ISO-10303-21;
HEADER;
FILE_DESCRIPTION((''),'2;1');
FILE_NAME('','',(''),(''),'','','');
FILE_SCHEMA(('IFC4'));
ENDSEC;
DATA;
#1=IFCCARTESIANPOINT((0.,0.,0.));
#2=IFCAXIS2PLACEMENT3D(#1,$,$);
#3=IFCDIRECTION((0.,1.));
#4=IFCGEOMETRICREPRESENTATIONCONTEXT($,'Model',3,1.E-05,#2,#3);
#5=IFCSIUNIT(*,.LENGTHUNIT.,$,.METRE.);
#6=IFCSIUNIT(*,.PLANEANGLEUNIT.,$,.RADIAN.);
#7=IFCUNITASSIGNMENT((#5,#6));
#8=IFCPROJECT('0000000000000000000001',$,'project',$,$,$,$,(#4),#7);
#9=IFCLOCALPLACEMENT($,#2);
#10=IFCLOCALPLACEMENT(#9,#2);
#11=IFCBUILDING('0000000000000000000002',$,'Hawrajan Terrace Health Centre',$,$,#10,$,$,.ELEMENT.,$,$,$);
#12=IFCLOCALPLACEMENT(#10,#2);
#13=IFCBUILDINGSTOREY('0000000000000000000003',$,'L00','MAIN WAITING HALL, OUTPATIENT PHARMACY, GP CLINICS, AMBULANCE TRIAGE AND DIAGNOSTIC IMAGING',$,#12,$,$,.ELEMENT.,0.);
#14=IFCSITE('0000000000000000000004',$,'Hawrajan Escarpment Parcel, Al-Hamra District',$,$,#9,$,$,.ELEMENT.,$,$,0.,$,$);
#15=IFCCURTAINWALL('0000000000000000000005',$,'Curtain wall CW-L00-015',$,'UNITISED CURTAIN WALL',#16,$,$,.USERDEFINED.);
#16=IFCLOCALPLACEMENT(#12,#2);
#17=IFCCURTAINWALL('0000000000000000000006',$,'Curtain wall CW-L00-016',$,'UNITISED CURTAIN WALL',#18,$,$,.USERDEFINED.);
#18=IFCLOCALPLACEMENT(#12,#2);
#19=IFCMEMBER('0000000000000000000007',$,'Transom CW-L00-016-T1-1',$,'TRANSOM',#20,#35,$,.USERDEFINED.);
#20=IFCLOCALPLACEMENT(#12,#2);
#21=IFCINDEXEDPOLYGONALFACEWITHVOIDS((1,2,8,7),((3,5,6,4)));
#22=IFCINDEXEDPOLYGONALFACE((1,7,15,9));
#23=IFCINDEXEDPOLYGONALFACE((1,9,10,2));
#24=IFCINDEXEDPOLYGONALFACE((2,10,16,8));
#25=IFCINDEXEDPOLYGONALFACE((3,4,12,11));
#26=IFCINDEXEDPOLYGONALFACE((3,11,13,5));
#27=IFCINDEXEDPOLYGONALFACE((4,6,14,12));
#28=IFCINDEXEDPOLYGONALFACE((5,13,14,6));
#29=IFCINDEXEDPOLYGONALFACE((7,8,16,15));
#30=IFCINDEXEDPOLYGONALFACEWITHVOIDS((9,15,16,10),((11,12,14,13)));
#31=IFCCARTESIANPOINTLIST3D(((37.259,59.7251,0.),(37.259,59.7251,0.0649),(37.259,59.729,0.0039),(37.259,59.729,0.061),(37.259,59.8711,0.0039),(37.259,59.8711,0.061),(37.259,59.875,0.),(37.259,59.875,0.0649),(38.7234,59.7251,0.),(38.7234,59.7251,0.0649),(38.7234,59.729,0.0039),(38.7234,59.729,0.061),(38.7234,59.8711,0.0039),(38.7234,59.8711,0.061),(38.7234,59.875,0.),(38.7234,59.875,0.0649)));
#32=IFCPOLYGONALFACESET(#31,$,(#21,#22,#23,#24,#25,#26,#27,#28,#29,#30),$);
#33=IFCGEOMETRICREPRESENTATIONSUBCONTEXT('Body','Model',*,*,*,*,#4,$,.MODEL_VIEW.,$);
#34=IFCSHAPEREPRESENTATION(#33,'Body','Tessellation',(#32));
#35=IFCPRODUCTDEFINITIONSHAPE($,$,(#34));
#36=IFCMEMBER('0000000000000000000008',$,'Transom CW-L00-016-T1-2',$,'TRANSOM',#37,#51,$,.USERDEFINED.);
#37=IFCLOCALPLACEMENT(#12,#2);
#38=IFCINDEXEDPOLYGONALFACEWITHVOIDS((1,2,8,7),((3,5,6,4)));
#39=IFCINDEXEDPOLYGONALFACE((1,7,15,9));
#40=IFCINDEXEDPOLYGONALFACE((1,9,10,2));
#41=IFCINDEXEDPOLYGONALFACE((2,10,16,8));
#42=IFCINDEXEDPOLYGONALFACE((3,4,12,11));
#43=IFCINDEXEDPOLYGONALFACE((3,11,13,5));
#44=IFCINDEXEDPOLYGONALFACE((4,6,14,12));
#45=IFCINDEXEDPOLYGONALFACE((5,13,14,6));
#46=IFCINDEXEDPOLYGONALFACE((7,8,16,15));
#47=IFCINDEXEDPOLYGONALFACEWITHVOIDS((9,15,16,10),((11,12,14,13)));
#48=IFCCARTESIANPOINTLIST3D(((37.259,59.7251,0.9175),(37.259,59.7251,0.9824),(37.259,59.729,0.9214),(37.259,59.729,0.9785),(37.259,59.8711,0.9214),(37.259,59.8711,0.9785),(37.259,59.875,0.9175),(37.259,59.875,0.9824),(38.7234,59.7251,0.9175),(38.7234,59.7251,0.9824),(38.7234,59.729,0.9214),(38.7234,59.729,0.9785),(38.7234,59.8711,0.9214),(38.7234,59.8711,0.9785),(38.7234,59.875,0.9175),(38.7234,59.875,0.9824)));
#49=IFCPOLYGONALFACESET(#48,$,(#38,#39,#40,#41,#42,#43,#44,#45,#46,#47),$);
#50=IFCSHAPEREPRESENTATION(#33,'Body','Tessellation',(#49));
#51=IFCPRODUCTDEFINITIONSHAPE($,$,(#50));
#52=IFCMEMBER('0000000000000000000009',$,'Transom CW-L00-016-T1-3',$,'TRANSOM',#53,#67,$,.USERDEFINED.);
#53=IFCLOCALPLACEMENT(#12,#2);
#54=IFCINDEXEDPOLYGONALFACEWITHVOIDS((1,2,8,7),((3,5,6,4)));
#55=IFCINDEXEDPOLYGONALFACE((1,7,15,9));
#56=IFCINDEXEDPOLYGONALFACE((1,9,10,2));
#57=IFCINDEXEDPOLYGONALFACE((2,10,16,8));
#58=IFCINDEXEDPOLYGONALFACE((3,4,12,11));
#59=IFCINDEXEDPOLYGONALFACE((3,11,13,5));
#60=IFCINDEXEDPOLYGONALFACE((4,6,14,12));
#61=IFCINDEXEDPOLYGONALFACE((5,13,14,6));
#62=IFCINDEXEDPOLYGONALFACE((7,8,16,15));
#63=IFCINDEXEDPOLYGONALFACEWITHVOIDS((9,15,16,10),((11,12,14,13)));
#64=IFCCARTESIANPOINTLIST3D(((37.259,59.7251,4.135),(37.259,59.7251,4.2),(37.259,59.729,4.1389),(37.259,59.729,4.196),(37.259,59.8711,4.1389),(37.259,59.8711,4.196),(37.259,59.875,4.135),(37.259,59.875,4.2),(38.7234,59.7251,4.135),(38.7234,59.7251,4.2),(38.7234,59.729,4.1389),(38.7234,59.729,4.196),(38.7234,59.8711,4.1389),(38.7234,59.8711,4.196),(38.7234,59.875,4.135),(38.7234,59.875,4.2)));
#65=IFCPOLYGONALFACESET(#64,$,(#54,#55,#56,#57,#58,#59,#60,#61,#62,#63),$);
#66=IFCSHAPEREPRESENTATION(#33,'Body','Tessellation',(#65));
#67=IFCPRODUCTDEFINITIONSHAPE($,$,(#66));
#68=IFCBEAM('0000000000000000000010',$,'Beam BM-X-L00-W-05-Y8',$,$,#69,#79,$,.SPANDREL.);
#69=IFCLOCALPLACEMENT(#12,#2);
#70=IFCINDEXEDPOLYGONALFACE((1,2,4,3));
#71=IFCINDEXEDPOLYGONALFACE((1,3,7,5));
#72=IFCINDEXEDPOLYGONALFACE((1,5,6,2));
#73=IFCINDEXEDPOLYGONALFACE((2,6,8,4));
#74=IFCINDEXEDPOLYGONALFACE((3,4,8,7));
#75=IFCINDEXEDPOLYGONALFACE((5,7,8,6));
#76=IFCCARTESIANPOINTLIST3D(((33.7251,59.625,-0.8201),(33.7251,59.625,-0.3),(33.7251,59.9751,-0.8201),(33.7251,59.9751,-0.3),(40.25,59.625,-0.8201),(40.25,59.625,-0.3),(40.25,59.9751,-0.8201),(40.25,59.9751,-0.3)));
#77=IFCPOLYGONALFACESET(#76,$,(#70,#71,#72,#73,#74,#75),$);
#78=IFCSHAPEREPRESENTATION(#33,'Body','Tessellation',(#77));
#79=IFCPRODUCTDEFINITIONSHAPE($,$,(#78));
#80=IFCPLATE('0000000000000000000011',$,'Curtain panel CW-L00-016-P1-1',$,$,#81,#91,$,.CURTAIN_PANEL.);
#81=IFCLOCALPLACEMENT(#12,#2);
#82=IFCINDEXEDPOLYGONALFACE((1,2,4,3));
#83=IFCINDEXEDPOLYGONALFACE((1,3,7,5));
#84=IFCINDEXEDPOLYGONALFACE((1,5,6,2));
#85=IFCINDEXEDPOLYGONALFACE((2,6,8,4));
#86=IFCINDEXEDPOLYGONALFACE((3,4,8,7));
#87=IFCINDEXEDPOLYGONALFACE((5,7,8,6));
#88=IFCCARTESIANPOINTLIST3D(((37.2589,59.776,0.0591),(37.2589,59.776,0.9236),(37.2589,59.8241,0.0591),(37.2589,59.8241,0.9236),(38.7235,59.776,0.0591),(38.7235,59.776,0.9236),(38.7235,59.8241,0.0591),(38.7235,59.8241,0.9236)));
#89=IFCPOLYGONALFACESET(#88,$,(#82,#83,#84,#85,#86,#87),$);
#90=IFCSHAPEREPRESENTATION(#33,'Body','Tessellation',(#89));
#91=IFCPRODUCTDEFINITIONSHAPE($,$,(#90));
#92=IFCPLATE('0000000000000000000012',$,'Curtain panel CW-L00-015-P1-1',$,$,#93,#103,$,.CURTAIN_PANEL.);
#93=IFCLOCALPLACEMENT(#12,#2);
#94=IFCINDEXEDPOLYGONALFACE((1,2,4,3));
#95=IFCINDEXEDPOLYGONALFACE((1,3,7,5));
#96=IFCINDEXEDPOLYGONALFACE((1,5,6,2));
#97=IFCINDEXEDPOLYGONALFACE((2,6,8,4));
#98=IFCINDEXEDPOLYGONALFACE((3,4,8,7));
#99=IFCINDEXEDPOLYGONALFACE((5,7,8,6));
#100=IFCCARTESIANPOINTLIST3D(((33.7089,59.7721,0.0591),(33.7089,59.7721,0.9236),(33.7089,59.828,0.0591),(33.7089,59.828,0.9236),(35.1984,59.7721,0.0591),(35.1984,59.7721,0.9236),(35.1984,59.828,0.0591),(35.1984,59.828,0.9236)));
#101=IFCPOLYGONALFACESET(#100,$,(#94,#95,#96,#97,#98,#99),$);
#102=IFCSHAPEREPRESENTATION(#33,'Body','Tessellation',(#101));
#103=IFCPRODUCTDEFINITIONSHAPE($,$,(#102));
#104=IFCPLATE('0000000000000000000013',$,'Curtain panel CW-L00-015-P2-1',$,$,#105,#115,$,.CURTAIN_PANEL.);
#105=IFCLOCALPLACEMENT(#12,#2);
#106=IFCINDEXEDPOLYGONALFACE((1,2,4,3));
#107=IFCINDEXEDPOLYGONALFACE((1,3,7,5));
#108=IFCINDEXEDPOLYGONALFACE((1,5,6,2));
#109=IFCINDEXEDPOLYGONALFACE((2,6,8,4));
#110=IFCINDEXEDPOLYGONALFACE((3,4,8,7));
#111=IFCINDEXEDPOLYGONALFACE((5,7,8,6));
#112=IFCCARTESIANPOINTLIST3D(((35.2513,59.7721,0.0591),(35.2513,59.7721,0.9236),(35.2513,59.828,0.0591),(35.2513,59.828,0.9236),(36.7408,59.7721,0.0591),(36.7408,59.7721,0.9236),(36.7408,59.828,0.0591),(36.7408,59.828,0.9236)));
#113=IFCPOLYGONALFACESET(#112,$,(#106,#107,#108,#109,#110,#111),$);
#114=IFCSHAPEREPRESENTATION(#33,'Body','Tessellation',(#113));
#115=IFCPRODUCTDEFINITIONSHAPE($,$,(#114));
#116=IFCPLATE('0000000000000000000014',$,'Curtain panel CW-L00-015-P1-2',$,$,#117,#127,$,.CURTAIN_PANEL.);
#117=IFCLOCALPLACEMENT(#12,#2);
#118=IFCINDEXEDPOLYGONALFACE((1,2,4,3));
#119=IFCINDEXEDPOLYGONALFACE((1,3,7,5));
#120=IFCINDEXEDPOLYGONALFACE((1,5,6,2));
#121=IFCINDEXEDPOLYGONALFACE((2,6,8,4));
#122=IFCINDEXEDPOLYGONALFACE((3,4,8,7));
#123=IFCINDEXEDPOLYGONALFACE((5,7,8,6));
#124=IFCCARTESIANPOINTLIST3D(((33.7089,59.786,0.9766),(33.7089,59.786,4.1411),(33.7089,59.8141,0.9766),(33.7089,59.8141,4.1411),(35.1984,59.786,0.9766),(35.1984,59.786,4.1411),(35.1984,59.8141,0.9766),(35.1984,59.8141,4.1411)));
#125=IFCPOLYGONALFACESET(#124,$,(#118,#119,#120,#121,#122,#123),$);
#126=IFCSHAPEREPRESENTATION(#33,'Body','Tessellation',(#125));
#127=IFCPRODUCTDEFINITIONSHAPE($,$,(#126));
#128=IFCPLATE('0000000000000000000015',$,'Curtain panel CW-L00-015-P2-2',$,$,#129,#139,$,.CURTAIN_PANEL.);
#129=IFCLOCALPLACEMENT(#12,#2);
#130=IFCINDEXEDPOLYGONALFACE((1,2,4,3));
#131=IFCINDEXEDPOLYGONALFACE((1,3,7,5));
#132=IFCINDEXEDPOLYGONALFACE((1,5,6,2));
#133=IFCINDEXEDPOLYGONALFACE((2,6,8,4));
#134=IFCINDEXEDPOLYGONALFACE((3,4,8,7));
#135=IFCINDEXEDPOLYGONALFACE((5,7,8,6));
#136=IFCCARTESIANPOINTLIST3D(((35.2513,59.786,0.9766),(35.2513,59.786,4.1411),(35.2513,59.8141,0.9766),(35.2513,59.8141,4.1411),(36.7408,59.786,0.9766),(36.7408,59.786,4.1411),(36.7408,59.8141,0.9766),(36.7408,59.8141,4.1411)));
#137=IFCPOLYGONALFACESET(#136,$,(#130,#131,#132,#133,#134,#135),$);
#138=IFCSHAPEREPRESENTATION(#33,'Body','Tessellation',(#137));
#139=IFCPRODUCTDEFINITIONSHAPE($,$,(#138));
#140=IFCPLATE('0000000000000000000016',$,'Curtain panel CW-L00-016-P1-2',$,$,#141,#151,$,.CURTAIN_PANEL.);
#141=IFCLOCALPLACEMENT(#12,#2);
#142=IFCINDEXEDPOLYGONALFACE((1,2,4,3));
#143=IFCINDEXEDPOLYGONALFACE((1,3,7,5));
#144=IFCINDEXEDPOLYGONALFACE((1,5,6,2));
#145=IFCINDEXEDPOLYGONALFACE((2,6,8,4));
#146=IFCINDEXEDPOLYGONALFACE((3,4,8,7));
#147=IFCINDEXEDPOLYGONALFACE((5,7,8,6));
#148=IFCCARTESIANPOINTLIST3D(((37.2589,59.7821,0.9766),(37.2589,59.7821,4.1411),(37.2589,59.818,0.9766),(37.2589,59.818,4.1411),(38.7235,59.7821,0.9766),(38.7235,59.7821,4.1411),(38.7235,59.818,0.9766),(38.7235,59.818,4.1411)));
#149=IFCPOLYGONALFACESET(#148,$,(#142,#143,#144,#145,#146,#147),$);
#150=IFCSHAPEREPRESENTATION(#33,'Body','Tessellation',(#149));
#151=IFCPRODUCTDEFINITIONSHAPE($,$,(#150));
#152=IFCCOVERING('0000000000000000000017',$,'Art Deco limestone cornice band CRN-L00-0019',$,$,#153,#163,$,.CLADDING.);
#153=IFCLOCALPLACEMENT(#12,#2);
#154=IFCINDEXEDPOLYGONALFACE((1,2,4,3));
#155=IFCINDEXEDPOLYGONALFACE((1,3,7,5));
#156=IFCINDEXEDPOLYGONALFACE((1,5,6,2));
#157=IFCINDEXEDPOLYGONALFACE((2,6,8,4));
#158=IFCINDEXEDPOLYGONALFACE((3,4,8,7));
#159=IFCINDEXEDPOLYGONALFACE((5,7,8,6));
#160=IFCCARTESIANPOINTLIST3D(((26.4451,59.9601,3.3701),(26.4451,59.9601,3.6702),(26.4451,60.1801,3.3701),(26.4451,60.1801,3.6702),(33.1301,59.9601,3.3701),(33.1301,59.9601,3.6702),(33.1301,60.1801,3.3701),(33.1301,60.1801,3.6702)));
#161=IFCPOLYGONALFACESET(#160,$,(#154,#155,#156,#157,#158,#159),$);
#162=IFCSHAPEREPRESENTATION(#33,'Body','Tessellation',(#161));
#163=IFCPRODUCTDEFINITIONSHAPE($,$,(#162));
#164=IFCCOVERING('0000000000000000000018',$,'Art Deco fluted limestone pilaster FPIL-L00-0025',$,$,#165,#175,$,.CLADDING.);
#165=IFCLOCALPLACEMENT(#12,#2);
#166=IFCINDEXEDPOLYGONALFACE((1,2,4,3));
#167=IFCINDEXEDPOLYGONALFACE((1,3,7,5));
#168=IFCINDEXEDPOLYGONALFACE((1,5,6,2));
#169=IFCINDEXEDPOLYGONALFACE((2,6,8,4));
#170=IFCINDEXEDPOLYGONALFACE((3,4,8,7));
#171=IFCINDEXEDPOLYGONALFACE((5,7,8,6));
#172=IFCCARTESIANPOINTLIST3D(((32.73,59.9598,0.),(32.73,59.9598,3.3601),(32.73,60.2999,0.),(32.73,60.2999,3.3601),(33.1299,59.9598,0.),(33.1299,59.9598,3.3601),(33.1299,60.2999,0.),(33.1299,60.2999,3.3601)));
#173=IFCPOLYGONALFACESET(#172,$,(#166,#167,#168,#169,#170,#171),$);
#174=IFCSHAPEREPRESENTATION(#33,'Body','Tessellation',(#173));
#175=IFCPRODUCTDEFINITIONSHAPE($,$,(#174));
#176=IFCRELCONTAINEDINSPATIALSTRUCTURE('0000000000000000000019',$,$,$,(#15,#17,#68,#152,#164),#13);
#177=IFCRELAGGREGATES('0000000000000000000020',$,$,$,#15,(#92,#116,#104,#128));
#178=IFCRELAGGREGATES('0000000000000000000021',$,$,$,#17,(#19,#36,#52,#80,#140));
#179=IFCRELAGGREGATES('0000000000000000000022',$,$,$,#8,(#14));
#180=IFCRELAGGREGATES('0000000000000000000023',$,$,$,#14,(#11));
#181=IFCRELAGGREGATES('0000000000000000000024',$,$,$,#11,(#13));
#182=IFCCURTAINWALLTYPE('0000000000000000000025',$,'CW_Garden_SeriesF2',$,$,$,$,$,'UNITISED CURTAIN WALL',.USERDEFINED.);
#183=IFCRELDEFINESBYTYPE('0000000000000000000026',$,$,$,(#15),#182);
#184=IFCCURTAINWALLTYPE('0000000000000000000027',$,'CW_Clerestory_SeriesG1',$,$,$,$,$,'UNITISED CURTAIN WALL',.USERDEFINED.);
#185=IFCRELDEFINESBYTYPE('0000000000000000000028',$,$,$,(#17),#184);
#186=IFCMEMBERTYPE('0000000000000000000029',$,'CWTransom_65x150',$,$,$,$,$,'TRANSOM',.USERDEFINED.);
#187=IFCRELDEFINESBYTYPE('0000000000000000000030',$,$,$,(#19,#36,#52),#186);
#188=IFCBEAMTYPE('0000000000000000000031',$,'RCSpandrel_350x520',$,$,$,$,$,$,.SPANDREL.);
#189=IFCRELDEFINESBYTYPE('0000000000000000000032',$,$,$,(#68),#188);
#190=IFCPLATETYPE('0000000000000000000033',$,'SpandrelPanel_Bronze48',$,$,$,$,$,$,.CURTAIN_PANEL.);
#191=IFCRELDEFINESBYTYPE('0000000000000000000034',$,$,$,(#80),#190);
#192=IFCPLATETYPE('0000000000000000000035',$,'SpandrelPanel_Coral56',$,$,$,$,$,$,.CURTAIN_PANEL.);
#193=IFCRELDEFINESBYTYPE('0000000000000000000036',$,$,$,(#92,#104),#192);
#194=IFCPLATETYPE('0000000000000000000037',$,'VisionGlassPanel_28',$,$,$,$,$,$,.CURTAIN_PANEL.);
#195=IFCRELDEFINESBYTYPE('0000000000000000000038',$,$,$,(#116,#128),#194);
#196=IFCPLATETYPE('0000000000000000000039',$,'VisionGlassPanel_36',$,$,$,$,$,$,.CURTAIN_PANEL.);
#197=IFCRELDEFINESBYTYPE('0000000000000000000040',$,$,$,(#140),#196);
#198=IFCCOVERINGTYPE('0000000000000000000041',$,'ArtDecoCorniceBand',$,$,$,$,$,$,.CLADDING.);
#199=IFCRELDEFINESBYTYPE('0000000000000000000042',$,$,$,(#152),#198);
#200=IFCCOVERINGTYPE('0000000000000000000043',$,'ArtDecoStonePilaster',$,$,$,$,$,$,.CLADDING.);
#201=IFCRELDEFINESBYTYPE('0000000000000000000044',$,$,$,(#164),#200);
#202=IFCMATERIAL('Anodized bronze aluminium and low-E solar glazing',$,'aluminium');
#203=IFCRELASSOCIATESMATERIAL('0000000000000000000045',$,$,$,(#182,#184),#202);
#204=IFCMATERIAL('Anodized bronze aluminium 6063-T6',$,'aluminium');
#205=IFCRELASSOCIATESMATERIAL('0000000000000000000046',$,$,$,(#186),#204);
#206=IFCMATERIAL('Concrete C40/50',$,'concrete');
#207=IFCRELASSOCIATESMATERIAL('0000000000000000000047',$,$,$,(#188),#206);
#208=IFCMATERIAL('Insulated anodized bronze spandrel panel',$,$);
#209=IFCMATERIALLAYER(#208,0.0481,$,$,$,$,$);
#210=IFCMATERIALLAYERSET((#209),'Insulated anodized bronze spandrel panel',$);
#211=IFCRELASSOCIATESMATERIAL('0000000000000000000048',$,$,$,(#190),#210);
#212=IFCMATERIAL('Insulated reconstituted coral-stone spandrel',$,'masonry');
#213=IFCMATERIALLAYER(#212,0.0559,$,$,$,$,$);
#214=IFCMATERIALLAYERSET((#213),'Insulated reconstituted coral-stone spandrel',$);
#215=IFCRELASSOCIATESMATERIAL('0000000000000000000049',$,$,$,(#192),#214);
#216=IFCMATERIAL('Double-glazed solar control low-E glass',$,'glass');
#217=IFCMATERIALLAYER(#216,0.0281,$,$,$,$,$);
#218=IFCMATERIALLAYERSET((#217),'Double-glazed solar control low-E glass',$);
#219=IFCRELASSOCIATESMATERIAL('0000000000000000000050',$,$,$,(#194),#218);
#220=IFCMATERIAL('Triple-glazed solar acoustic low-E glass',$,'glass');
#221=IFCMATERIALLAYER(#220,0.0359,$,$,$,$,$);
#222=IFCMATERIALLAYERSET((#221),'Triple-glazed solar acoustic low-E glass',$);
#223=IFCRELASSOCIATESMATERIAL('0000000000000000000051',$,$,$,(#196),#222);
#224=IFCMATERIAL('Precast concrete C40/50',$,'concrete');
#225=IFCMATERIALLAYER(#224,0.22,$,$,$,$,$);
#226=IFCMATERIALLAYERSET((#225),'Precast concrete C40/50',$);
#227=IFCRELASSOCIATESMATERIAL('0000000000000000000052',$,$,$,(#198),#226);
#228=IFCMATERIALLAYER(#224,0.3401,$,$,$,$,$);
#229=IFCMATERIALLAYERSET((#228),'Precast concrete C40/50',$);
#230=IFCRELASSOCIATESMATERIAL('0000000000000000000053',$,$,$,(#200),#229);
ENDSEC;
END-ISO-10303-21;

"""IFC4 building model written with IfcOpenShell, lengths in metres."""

from ifc_helpers import new_model, si_unit, direction, frame, origin, origin_2d, place, context, subcontext, project, spatial, rectangle, hollow_rectangle, extrude, material, layer, layer_set, material_profile, profile_set, type_object, element, aggregate, save


model = new_model("IFC4")

# Units and contexts
model_context = context("Model", 3, precision=1e-05, world=origin(), true_north=direction((0.0, 1.0)))
body_context = subcontext(model_context, "Body", "Model", "MODEL_VIEW")
ifc_project = project(units=[si_unit("LENGTHUNIT", "METRE"), si_unit("PLANEANGLEUNIT", "RADIAN")], contexts=[model_context])

# Site, building, storey
site_placement = place(None, origin())
site = spatial("IfcSite", under=ifc_project, at=site_placement, Name="Hawrajan Escarpment Parcel, Al-Hamra District", CompositionType="ELEMENT", RefElevation=0.0)
building_placement = place(site_placement, origin())
building = spatial("IfcBuilding", under=site, at=building_placement, Name="Hawrajan Terrace Health Centre", CompositionType="ELEMENT")
storey_placement = place(building_placement, origin())
storey = spatial("IfcBuildingStorey", under=building, at=storey_placement, Name="L00", Description="MAIN WAITING HALL, OUTPATIENT PHARMACY, GP CLINICS, AMBULANCE TRIAGE AND DIAGNOSTIC IMAGING", CompositionType="ELEMENT", Elevation=0.0)

# Shared definitions
ifc_material_1 = material(Name="Concrete C40/50", Category="concrete")

# Curtain walls
ifc_material_2 = material(Name="Anodized bronze aluminium and low-E solar glazing", Category="aluminium")
curtain_wall_type_1 = type_object("IfcCurtainWallType", Name="CW_Garden_SeriesF2", ElementType="UNITISED CURTAIN WALL", PredefinedType="USERDEFINED", material=ifc_material_2)
curtain_wall_1_placement = place(storey_placement, origin())
curtain_wall_1 = element("IfcCurtainWall", 1, at=curtain_wall_1_placement, inside=storey, type_object=curtain_wall_type_1, Name="Curtain wall CW-L00-015", ObjectType="UNITISED CURTAIN WALL", PredefinedType="USERDEFINED")
ifc_material_3 = material(Name="Anodized bronze aluminium 6063-T6", Category="aluminium")
curtain_wall_type_2 = type_object("IfcCurtainWallType", Name="CW_Clerestory_SeriesG1", ElementType="UNITISED CURTAIN WALL", PredefinedType="USERDEFINED", material=ifc_material_2)
curtain_wall_2_placement = place(storey_placement, origin())
curtain_wall_2 = element("IfcCurtainWall", 2, at=curtain_wall_2_placement, inside=storey, type_object=curtain_wall_type_2, Name="Curtain wall CW-L00-016", ObjectType="UNITISED CURTAIN WALL", PredefinedType="USERDEFINED")

# Members
ifc_material_profile_1 = material_profile(ifc_material_3, hollow_rectangle(XDim=0.0649, YDim=0.1499, WallThickness=0.0039, at=origin_2d()), Name="CW TRN 65x150")
ifc_profile_set_1 = profile_set([ifc_material_profile_1], Name="Anodized bronze aluminium 6063-T6")
member_type_1 = type_object("IfcMemberType", Name="CWTransom_65x150", ElementType="TRANSOM", PredefinedType="USERDEFINED", material=ifc_profile_set_1)
member_1_placement = place(storey_placement, frame((37.259, 59.8, 0.0325), z_axis=(1.0, 0.0, 0.0), x_axis=(0.0, 0.0, 1.0)))
member_1 = element("IfcMember", 3, at=member_1_placement, type_object=member_type_1, Name="Transom CW-L00-016-T1-1", ObjectType="TRANSOM", PredefinedType="USERDEFINED", context=body_context, shape_type="SweptSolid", body=[
    extrude(hollow_rectangle(XDim=0.0649, YDim=0.1499, WallThickness=0.0039, at=origin_2d()), origin(), (0.0, 0.0, 1.0), 1.4644),
])
member_2_placement = place(storey_placement, frame((37.259, 59.8, 0.95), z_axis=(1.0, 0.0, 0.0), x_axis=(0.0, 0.0, 1.0)))
member_2 = element("IfcMember", 4, at=member_2_placement, type_object=member_type_1, Name="Transom CW-L00-016-T1-2", ObjectType="TRANSOM", PredefinedType="USERDEFINED", context=body_context, shape_type="SweptSolid", body=[
    extrude(hollow_rectangle(XDim=0.0649, YDim=0.1499, WallThickness=0.0039, at=origin_2d()), origin(), (0.0, 0.0, 1.0), 1.4644),
])
member_3_placement = place(storey_placement, frame((37.259, 59.8, 4.1675), z_axis=(1.0, 0.0, 0.0), x_axis=(0.0, 0.0, 1.0)))
member_3 = element("IfcMember", 5, at=member_3_placement, type_object=member_type_1, Name="Transom CW-L00-016-T1-3", ObjectType="TRANSOM", PredefinedType="USERDEFINED", context=body_context, shape_type="SweptSolid", body=[
    extrude(hollow_rectangle(XDim=0.0649, YDim=0.1499, WallThickness=0.0039, at=origin_2d()), origin(), (0.0, 0.0, 1.0), 1.4644),
])

# Beam
ifc_material_profile_2 = material_profile(ifc_material_1, rectangle(XDim=0.3501, YDim=0.52, at=origin_2d()), Name="RC SP 350x520")
ifc_profile_set_2 = profile_set([ifc_material_profile_2], Name="Concrete C40/50")
beam_type = type_object("IfcBeamType", Name="RCSpandrel_350x520", PredefinedType="SPANDREL", material=ifc_profile_set_2)
beam_placement = place(storey_placement, frame((33.7251, 59.8, -0.5601), z_axis=(1.0, 0.0, 0.0), x_axis=(0.0, 1.0, 0.0)))
element("IfcBeam", 6, at=beam_placement, inside=storey, type_object=beam_type, Name="Beam BM-X-L00-W-05-Y8", PredefinedType="SPANDREL", context=body_context, shape_type="SweptSolid", body=[
    extrude(rectangle(XDim=0.3501, YDim=0.52, at=origin_2d()), origin(), (0.0, 0.0, 1.0), 6.5249),
])

# Plates
ifc_material_4 = material(Name="Insulated anodized bronze spandrel panel")
ifc_layer_1 = layer(ifc_material_4, 0.0481)
ifc_layer_set_1 = layer_set([ifc_layer_1], Name="Insulated anodized bronze spandrel panel")
plate_type_1 = type_object("IfcPlateType", Name="SpandrelPanel_Bronze48", PredefinedType="CURTAIN_PANEL", material=ifc_layer_set_1)
plate_1_placement = place(storey_placement, frame((37.9912, 59.8, 0.0591), z_axis=(0.0, 0.0, 1.0), x_axis=(1.0, 0.0, 0.0)))
plate_1 = element("IfcPlate", 7, at=plate_1_placement, type_object=plate_type_1, Name="Curtain panel CW-L00-016-P1-1", PredefinedType="CURTAIN_PANEL", context=body_context, shape_type="SweptSolid", body=[
    extrude(rectangle(XDim=1.4646, YDim=0.0481, at=origin_2d()), origin(), (0.0, 0.0, 1.0), 0.8645),
])
ifc_material_5 = material(Name="Insulated reconstituted coral-stone spandrel", Category="masonry")
ifc_layer_2 = layer(ifc_material_5, 0.0559)
ifc_layer_set_2 = layer_set([ifc_layer_2], Name="Insulated reconstituted coral-stone spandrel")
plate_type_2 = type_object("IfcPlateType", Name="SpandrelPanel_Coral56", PredefinedType="CURTAIN_PANEL", material=ifc_layer_set_2)
plate_2_placement = place(storey_placement, frame((34.4536, 59.8, 0.0591), z_axis=(0.0, 0.0, 1.0), x_axis=(1.0, 0.0, 0.0)))
plate_2 = element("IfcPlate", 8, at=plate_2_placement, type_object=plate_type_2, Name="Curtain panel CW-L00-015-P1-1", PredefinedType="CURTAIN_PANEL", context=body_context, shape_type="SweptSolid", body=[
    extrude(rectangle(XDim=1.4895, YDim=0.0559, at=origin_2d()), origin(), (0.0, 0.0, 1.0), 0.8645),
])
plate_3_placement = place(storey_placement, frame((35.9961, 59.8, 0.0591), z_axis=(0.0, 0.0, 1.0), x_axis=(1.0, 0.0, 0.0)))
plate_3 = element("IfcPlate", 9, at=plate_3_placement, type_object=plate_type_2, Name="Curtain panel CW-L00-015-P2-1", PredefinedType="CURTAIN_PANEL", context=body_context, shape_type="SweptSolid", body=[
    extrude(rectangle(XDim=1.4895, YDim=0.0559, at=origin_2d()), origin(), (0.0, 0.0, 1.0), 0.8645),
])
ifc_material_6 = material(Name="Double-glazed solar control low-E glass", Category="glass")
ifc_layer_3 = layer(ifc_material_6, 0.0281)
ifc_layer_set_3 = layer_set([ifc_layer_3], Name="Double-glazed solar control low-E glass")
plate_type_3 = type_object("IfcPlateType", Name="VisionGlassPanel_28", PredefinedType="CURTAIN_PANEL", material=ifc_layer_set_3)
plate_4_placement = place(storey_placement, frame((34.4536, 59.8, 0.9766), z_axis=(0.0, 0.0, 1.0), x_axis=(1.0, 0.0, 0.0)))
plate_4 = element("IfcPlate", 10, at=plate_4_placement, type_object=plate_type_3, Name="Curtain panel CW-L00-015-P1-2", PredefinedType="CURTAIN_PANEL", context=body_context, shape_type="SweptSolid", body=[
    extrude(rectangle(XDim=1.4895, YDim=0.0281, at=origin_2d()), origin(), (0.0, 0.0, 1.0), 3.1646),
])
plate_5_placement = place(storey_placement, frame((35.9961, 59.8, 0.9766), z_axis=(0.0, 0.0, 1.0), x_axis=(1.0, 0.0, 0.0)))
plate_5 = element("IfcPlate", 11, at=plate_5_placement, type_object=plate_type_3, Name="Curtain panel CW-L00-015-P2-2", PredefinedType="CURTAIN_PANEL", context=body_context, shape_type="SweptSolid", body=[
    extrude(rectangle(XDim=1.4895, YDim=0.0281, at=origin_2d()), origin(), (0.0, 0.0, 1.0), 3.1646),
])
aggregate(curtain_wall_1, [plate_2, plate_4, plate_3, plate_5])
ifc_material_7 = material(Name="Triple-glazed solar acoustic low-E glass", Category="glass")
ifc_layer_4 = layer(ifc_material_7, 0.0359)
ifc_layer_set_4 = layer_set([ifc_layer_4], Name="Triple-glazed solar acoustic low-E glass")
plate_type_4 = type_object("IfcPlateType", Name="VisionGlassPanel_36", PredefinedType="CURTAIN_PANEL", material=ifc_layer_set_4)
plate_6_placement = place(storey_placement, frame((37.9912, 59.8, 0.9766), z_axis=(0.0, 0.0, 1.0), x_axis=(1.0, 0.0, 0.0)))
plate_6 = element("IfcPlate", 12, at=plate_6_placement, type_object=plate_type_4, Name="Curtain panel CW-L00-016-P1-2", PredefinedType="CURTAIN_PANEL", context=body_context, shape_type="SweptSolid", body=[
    extrude(rectangle(XDim=1.4646, YDim=0.0359, at=origin_2d()), origin(), (0.0, 0.0, 1.0), 3.1646),
])
aggregate(curtain_wall_2, [member_1, member_2, member_3, plate_1, plate_6])

# Coverings
ifc_material_8 = material(Name="Precast concrete C40/50", Category="concrete")
ifc_layer_5 = layer(ifc_material_8, 0.22)
ifc_layer_set_5 = layer_set([ifc_layer_5], Name="Precast concrete C40/50")
covering_type_1 = type_object("IfcCoveringType", Name="ArtDecoCorniceBand", PredefinedType="CLADDING", material=ifc_layer_set_5)
covering_1_placement = place(storey_placement, frame((29.7876, 60.0701, 3.3701), z_axis=(0.0, 0.0, 1.0), x_axis=(1.0, 0.0, 0.0)))
element("IfcCovering", 13, at=covering_1_placement, inside=storey, type_object=covering_type_1, Name="Art Deco limestone cornice band CRN-L00-0019", PredefinedType="CLADDING", context=body_context, shape_type="SweptSolid", body=[
    extrude(rectangle(XDim=6.6851, YDim=0.22, at=origin_2d()), origin(), (0.0, 0.0, 1.0), 0.3),
])
ifc_layer_6 = layer(ifc_material_8, 0.3401)
ifc_layer_set_6 = layer_set([ifc_layer_6], Name="Precast concrete C40/50")
covering_type_2 = type_object("IfcCoveringType", Name="ArtDecoStonePilaster", PredefinedType="CLADDING", material=ifc_layer_set_6)
covering_2_placement = place(storey_placement, frame((32.9299, 60.1299, 0.0), z_axis=(0.0, 0.0, 1.0), x_axis=(1.0, 0.0, 0.0)))
element("IfcCovering", 14, at=covering_2_placement, inside=storey, type_object=covering_type_2, Name="Art Deco fluted limestone pilaster FPIL-L00-0025", PredefinedType="CLADDING", context=body_context, shape_type="SweptSolid", body=[
    extrude(rectangle(XDim=0.3999, YDim=0.3401, at=origin_2d()), origin(), (0.0, 0.0, 1.0), 3.3601),
])

save(model, "model.ifc")
